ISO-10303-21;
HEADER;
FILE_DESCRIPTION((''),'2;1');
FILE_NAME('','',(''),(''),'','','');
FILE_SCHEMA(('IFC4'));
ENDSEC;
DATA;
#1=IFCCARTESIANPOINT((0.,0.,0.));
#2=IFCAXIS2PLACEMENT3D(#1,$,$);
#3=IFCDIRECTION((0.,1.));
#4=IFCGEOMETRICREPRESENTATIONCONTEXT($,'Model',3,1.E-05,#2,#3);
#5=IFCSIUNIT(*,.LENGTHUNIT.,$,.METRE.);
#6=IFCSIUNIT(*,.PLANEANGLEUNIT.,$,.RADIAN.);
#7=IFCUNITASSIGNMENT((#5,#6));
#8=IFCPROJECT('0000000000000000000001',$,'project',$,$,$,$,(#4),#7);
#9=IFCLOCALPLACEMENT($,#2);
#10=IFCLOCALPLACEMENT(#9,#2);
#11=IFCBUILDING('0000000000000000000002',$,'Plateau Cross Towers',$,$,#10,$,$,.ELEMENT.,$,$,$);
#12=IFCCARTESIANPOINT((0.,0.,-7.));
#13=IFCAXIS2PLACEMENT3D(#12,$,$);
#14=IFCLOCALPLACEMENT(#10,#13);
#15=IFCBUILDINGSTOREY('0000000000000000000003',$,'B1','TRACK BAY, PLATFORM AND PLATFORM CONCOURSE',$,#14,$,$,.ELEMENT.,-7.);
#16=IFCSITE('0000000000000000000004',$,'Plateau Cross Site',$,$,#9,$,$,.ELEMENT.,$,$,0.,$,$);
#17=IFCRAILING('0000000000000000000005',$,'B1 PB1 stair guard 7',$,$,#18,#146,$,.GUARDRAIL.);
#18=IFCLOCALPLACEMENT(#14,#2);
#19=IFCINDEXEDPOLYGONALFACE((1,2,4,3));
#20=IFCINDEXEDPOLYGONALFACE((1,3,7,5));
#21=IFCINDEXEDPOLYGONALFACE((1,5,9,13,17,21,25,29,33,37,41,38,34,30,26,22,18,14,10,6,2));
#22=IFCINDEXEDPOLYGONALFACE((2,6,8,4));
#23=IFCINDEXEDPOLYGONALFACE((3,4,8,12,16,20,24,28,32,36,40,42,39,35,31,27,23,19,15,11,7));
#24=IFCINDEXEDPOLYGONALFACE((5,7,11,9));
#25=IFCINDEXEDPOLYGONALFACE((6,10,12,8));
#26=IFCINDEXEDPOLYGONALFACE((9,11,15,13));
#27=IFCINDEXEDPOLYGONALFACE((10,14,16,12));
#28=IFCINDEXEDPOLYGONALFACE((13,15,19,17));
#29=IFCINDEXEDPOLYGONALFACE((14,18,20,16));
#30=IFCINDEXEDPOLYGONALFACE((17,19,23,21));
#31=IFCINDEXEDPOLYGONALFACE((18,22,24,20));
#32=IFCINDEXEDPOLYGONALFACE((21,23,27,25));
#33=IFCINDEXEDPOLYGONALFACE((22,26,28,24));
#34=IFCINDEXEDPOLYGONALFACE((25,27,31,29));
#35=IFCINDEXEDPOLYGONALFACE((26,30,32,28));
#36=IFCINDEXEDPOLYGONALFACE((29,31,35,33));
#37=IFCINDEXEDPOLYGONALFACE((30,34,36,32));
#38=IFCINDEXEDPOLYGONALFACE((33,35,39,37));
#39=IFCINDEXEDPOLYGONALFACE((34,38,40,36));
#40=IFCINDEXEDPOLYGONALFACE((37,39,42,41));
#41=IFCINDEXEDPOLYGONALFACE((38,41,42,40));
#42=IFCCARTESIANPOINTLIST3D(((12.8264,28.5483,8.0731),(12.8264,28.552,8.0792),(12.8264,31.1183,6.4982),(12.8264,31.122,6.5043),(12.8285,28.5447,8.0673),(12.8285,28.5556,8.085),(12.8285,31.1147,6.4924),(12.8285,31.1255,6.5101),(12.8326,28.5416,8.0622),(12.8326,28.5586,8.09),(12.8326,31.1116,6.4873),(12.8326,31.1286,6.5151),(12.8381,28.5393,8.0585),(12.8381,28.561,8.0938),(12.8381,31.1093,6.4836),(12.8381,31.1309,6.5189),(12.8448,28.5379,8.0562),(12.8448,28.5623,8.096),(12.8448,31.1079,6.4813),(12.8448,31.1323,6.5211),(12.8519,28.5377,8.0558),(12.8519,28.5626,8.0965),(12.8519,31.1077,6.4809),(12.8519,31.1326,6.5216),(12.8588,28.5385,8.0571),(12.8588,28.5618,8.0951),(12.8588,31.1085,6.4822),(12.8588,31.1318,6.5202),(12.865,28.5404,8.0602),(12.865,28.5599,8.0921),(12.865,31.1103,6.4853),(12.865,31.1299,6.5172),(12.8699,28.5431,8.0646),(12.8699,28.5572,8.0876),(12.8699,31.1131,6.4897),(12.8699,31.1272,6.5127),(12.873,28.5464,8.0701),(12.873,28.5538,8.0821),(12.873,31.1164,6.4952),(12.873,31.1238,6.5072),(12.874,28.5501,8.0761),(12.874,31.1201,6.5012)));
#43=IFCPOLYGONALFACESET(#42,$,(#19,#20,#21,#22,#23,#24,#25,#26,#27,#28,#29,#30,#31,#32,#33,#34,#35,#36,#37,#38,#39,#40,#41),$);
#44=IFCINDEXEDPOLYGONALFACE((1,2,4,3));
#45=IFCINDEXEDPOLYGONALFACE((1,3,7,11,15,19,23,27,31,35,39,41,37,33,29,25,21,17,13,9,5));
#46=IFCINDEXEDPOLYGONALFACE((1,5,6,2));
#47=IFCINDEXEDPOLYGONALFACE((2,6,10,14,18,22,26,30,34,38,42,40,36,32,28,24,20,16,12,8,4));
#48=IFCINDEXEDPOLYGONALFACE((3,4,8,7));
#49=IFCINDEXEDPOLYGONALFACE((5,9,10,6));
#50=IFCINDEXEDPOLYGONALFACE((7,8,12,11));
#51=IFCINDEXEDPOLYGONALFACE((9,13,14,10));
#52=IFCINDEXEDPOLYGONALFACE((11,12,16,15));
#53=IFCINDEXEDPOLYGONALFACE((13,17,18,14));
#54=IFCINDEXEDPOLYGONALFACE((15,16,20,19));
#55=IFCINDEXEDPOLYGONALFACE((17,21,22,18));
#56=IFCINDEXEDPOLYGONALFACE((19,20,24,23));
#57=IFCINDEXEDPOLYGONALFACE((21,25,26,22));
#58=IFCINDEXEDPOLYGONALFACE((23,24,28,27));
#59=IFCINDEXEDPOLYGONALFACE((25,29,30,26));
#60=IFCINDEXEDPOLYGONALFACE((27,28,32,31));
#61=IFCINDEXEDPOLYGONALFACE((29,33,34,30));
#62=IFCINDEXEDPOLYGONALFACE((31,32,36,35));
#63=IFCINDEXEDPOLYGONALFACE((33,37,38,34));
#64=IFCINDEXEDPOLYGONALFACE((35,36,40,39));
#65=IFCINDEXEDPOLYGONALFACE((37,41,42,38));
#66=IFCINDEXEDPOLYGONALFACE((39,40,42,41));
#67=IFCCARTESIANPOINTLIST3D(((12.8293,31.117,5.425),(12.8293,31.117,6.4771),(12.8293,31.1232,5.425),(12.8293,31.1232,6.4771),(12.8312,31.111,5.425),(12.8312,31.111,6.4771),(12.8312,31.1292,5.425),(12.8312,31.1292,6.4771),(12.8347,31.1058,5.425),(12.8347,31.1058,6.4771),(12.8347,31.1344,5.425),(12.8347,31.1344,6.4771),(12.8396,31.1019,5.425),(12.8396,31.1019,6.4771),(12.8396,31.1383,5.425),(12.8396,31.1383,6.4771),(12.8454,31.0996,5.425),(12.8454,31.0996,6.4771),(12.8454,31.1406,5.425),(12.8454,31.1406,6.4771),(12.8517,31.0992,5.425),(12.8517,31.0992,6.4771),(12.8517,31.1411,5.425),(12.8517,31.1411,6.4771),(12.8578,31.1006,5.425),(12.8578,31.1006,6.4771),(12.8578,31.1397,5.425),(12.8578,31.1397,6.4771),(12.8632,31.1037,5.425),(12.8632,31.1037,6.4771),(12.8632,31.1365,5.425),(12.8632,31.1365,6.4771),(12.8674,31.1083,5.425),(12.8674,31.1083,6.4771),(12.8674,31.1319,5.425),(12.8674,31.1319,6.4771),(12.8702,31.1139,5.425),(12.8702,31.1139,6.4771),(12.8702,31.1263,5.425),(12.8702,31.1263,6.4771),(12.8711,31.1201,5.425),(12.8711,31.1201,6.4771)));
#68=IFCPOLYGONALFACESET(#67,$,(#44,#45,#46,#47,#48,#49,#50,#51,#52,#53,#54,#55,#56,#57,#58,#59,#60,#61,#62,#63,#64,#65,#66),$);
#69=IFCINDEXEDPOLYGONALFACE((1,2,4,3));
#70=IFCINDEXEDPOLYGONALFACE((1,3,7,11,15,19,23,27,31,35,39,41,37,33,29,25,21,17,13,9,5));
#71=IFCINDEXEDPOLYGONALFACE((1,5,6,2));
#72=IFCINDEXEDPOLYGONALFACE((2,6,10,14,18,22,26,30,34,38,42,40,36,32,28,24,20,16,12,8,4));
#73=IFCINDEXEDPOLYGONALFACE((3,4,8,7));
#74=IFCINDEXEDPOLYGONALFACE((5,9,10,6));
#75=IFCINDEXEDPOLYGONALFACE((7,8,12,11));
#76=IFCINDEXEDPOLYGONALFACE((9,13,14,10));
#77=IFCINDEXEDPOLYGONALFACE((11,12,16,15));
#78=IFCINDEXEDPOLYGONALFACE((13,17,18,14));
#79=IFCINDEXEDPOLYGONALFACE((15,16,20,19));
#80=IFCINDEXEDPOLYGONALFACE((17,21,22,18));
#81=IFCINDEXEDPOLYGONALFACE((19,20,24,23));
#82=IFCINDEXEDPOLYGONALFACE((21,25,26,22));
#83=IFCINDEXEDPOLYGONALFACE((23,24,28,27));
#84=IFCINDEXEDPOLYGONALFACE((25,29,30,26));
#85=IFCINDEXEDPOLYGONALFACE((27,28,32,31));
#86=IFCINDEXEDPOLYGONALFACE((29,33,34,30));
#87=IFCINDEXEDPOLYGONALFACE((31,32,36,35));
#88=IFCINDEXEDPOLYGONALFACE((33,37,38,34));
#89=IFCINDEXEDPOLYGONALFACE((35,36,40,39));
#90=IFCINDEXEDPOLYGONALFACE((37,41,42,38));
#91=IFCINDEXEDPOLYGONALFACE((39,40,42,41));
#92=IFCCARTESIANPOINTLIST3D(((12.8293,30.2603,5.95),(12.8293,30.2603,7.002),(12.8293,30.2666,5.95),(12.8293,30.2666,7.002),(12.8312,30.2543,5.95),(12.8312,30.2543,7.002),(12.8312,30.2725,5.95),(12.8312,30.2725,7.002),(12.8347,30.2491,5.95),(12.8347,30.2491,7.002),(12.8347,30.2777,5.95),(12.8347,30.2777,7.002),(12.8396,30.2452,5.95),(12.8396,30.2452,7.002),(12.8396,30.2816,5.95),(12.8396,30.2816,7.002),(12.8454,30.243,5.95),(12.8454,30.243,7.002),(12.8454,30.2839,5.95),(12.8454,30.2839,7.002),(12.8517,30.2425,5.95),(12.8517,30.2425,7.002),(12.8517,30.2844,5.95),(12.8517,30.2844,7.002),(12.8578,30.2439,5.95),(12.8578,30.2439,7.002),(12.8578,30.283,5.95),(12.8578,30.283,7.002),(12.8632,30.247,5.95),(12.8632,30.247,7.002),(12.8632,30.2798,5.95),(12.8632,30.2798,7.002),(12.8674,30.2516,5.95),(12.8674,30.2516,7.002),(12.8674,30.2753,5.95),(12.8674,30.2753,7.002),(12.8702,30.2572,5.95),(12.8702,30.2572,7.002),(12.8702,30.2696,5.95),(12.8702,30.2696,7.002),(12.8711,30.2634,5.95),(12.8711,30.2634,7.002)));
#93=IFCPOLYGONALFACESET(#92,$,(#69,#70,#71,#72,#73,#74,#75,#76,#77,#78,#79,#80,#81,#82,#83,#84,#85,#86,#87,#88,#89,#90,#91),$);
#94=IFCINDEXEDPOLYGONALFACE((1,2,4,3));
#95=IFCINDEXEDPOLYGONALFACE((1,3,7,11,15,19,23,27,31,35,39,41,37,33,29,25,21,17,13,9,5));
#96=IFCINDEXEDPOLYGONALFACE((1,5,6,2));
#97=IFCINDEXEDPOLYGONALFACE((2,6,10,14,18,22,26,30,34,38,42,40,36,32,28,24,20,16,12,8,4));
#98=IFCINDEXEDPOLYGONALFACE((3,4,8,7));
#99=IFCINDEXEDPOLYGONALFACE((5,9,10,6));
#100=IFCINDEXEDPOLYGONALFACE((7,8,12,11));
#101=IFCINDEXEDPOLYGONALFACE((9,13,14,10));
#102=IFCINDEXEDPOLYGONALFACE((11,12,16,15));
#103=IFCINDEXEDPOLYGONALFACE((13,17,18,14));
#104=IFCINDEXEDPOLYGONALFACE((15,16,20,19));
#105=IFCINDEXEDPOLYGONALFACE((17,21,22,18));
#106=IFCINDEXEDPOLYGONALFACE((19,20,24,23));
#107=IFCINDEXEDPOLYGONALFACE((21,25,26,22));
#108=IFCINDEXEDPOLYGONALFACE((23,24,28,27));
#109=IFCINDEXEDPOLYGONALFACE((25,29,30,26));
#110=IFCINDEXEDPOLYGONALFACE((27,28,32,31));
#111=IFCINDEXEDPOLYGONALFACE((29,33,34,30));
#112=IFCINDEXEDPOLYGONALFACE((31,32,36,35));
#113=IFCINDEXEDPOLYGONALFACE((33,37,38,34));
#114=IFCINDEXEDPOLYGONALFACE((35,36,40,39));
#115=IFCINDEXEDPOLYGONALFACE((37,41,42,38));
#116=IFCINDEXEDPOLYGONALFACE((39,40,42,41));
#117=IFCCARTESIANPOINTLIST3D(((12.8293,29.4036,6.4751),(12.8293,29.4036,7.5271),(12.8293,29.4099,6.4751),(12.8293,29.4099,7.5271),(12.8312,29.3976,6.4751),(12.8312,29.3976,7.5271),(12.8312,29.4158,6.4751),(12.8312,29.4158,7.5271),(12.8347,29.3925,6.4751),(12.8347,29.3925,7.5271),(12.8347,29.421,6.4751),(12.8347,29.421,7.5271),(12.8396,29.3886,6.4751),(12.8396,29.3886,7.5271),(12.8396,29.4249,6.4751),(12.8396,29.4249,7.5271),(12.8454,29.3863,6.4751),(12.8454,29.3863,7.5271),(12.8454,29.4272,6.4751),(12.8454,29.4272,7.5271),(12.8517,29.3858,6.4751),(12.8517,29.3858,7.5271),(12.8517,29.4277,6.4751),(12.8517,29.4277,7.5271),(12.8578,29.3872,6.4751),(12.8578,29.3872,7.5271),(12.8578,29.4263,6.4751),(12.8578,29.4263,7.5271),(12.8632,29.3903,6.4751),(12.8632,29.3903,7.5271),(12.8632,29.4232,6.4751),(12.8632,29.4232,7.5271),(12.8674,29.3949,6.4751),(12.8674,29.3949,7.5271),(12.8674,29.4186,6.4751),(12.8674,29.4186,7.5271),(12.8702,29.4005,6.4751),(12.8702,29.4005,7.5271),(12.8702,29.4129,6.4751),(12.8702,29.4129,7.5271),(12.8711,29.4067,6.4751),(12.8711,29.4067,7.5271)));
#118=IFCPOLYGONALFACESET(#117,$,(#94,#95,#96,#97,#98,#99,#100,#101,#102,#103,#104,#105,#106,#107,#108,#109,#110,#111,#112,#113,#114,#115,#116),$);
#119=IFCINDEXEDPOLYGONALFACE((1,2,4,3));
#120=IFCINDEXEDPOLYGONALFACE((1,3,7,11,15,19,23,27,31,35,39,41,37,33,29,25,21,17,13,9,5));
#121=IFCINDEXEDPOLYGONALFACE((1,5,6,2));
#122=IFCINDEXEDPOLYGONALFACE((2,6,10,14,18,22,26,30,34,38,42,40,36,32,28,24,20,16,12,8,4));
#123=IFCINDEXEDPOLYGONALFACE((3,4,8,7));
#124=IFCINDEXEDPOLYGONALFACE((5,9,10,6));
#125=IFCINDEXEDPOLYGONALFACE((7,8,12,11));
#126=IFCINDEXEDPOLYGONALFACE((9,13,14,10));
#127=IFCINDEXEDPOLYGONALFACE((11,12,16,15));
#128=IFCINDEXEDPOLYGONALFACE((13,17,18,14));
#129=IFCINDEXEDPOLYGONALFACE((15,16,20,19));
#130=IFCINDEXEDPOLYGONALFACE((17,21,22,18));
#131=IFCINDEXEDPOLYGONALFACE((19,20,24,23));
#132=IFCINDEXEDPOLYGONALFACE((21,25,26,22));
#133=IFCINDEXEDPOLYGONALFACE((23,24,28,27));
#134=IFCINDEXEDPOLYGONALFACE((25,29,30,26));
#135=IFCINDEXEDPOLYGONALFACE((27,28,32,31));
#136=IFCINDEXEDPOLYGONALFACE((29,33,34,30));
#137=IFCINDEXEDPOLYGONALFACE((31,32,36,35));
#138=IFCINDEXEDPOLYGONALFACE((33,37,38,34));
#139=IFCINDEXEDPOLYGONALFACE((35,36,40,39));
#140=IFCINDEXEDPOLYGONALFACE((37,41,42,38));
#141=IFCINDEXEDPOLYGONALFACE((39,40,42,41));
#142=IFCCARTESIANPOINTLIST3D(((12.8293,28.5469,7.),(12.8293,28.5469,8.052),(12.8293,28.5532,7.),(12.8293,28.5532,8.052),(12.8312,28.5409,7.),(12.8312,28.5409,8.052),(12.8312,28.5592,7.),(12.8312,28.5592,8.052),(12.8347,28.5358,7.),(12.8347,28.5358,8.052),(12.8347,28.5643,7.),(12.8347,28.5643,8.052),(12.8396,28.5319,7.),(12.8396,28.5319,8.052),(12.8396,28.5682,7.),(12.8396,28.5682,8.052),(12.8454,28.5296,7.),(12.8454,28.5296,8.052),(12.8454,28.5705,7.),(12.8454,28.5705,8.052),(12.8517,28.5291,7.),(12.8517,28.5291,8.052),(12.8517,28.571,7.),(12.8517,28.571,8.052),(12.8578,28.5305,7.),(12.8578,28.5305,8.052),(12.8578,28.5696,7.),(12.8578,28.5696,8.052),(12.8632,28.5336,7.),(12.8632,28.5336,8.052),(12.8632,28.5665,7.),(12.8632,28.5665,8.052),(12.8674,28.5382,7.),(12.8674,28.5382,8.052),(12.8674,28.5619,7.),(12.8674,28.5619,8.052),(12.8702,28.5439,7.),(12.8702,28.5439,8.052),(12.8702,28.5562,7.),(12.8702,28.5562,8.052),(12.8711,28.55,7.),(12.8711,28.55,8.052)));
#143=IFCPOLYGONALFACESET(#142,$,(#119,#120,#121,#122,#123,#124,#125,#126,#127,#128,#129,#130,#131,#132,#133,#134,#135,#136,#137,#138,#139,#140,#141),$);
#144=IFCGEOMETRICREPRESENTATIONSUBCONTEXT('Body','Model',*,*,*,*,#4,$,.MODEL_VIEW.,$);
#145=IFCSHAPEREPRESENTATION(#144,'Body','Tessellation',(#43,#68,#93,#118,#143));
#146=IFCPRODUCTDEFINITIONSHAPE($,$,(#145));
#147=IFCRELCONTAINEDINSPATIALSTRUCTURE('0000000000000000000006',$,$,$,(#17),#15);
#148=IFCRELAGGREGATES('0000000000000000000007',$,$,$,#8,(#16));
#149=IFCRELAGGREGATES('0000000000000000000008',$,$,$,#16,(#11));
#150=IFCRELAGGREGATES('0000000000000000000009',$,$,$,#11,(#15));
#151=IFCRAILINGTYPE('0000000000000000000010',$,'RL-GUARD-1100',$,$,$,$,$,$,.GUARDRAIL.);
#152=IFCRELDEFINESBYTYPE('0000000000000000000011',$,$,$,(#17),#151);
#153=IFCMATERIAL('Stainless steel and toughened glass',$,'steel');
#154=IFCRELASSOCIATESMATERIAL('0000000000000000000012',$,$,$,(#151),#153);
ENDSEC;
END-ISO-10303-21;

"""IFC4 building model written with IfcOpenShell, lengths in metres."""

from ifc_helpers import new_model, si_unit, direction, frame, origin, origin_2d, place, context, subcontext, project, spatial, circle, extrude, material, type_object, element, save


model = new_model("IFC4")

# Units and contexts
model_context = context("Model", 3, precision=1e-05, world=origin(), true_north=direction((0.0, 1.0)))
body_context = subcontext(model_context, "Body", "Model", "MODEL_VIEW")
ifc_project = project(units=[si_unit("LENGTHUNIT", "METRE"), si_unit("PLANEANGLEUNIT", "RADIAN")], contexts=[model_context])

# Site, building, storey
site_placement = place(None, origin())
site = spatial("IfcSite", under=ifc_project, at=site_placement, Name="Plateau Cross Site", CompositionType="ELEMENT", RefElevation=0.0)
building_placement = place(site_placement, origin())
building = spatial("IfcBuilding", under=site, at=building_placement, Name="Plateau Cross Towers", CompositionType="ELEMENT")
storey_placement = place(building_placement, frame((0.0, 0.0, -7.0)))
storey = spatial("IfcBuildingStorey", under=building, at=storey_placement, Name="B1", Description="TRACK BAY, PLATFORM AND PLATFORM CONCOURSE", CompositionType="ELEMENT", Elevation=-7.0)

# Railing
ifc_material_1 = material(Name="Stainless steel and toughened glass", Category="steel")
railing_type_1 = type_object("IfcRailingType", Name="RL-GUARD-1100", PredefinedType="GUARDRAIL", material=ifc_material_1)
railing_1_placement = place(storey_placement, frame((12.8501, 31.1201, 5.425)))
element("IfcRailing", 1, at=railing_1_placement, inside=storey, type_object=railing_type_1, Name="B1 PB1 stair guard 7", PredefinedType="GUARDRAIL", context=body_context, shape_type="SweptSolid", body=[
    extrude(circle(Radius=0.0239, at=origin_2d()), frame((0.0, 0.0, 1.0762), z_axis=(0.0, -0.852639, 0.522501), x_axis=(1.0, 0.0, 0.0)), (0.0, 0.0, 1.0), 3.0142),
    extrude(circle(Radius=0.021, at=origin_2d()), origin(), (0.0, 0.0, 1.0), 1.052),
    extrude(circle(Radius=0.021, at=origin_2d()), frame((0.0, -0.8567, 0.5249)), (0.0, 0.0, 1.0), 1.052),
    extrude(circle(Radius=0.021, at=origin_2d()), frame((0.0, -1.7134, 1.05)), (0.0, 0.0, 1.0), 1.052),
    extrude(circle(Radius=0.021, at=origin_2d()), frame((0.0, -2.5701, 1.575)), (0.0, 0.0, 1.0), 1.052),
])

save(model, "model.ifc")
